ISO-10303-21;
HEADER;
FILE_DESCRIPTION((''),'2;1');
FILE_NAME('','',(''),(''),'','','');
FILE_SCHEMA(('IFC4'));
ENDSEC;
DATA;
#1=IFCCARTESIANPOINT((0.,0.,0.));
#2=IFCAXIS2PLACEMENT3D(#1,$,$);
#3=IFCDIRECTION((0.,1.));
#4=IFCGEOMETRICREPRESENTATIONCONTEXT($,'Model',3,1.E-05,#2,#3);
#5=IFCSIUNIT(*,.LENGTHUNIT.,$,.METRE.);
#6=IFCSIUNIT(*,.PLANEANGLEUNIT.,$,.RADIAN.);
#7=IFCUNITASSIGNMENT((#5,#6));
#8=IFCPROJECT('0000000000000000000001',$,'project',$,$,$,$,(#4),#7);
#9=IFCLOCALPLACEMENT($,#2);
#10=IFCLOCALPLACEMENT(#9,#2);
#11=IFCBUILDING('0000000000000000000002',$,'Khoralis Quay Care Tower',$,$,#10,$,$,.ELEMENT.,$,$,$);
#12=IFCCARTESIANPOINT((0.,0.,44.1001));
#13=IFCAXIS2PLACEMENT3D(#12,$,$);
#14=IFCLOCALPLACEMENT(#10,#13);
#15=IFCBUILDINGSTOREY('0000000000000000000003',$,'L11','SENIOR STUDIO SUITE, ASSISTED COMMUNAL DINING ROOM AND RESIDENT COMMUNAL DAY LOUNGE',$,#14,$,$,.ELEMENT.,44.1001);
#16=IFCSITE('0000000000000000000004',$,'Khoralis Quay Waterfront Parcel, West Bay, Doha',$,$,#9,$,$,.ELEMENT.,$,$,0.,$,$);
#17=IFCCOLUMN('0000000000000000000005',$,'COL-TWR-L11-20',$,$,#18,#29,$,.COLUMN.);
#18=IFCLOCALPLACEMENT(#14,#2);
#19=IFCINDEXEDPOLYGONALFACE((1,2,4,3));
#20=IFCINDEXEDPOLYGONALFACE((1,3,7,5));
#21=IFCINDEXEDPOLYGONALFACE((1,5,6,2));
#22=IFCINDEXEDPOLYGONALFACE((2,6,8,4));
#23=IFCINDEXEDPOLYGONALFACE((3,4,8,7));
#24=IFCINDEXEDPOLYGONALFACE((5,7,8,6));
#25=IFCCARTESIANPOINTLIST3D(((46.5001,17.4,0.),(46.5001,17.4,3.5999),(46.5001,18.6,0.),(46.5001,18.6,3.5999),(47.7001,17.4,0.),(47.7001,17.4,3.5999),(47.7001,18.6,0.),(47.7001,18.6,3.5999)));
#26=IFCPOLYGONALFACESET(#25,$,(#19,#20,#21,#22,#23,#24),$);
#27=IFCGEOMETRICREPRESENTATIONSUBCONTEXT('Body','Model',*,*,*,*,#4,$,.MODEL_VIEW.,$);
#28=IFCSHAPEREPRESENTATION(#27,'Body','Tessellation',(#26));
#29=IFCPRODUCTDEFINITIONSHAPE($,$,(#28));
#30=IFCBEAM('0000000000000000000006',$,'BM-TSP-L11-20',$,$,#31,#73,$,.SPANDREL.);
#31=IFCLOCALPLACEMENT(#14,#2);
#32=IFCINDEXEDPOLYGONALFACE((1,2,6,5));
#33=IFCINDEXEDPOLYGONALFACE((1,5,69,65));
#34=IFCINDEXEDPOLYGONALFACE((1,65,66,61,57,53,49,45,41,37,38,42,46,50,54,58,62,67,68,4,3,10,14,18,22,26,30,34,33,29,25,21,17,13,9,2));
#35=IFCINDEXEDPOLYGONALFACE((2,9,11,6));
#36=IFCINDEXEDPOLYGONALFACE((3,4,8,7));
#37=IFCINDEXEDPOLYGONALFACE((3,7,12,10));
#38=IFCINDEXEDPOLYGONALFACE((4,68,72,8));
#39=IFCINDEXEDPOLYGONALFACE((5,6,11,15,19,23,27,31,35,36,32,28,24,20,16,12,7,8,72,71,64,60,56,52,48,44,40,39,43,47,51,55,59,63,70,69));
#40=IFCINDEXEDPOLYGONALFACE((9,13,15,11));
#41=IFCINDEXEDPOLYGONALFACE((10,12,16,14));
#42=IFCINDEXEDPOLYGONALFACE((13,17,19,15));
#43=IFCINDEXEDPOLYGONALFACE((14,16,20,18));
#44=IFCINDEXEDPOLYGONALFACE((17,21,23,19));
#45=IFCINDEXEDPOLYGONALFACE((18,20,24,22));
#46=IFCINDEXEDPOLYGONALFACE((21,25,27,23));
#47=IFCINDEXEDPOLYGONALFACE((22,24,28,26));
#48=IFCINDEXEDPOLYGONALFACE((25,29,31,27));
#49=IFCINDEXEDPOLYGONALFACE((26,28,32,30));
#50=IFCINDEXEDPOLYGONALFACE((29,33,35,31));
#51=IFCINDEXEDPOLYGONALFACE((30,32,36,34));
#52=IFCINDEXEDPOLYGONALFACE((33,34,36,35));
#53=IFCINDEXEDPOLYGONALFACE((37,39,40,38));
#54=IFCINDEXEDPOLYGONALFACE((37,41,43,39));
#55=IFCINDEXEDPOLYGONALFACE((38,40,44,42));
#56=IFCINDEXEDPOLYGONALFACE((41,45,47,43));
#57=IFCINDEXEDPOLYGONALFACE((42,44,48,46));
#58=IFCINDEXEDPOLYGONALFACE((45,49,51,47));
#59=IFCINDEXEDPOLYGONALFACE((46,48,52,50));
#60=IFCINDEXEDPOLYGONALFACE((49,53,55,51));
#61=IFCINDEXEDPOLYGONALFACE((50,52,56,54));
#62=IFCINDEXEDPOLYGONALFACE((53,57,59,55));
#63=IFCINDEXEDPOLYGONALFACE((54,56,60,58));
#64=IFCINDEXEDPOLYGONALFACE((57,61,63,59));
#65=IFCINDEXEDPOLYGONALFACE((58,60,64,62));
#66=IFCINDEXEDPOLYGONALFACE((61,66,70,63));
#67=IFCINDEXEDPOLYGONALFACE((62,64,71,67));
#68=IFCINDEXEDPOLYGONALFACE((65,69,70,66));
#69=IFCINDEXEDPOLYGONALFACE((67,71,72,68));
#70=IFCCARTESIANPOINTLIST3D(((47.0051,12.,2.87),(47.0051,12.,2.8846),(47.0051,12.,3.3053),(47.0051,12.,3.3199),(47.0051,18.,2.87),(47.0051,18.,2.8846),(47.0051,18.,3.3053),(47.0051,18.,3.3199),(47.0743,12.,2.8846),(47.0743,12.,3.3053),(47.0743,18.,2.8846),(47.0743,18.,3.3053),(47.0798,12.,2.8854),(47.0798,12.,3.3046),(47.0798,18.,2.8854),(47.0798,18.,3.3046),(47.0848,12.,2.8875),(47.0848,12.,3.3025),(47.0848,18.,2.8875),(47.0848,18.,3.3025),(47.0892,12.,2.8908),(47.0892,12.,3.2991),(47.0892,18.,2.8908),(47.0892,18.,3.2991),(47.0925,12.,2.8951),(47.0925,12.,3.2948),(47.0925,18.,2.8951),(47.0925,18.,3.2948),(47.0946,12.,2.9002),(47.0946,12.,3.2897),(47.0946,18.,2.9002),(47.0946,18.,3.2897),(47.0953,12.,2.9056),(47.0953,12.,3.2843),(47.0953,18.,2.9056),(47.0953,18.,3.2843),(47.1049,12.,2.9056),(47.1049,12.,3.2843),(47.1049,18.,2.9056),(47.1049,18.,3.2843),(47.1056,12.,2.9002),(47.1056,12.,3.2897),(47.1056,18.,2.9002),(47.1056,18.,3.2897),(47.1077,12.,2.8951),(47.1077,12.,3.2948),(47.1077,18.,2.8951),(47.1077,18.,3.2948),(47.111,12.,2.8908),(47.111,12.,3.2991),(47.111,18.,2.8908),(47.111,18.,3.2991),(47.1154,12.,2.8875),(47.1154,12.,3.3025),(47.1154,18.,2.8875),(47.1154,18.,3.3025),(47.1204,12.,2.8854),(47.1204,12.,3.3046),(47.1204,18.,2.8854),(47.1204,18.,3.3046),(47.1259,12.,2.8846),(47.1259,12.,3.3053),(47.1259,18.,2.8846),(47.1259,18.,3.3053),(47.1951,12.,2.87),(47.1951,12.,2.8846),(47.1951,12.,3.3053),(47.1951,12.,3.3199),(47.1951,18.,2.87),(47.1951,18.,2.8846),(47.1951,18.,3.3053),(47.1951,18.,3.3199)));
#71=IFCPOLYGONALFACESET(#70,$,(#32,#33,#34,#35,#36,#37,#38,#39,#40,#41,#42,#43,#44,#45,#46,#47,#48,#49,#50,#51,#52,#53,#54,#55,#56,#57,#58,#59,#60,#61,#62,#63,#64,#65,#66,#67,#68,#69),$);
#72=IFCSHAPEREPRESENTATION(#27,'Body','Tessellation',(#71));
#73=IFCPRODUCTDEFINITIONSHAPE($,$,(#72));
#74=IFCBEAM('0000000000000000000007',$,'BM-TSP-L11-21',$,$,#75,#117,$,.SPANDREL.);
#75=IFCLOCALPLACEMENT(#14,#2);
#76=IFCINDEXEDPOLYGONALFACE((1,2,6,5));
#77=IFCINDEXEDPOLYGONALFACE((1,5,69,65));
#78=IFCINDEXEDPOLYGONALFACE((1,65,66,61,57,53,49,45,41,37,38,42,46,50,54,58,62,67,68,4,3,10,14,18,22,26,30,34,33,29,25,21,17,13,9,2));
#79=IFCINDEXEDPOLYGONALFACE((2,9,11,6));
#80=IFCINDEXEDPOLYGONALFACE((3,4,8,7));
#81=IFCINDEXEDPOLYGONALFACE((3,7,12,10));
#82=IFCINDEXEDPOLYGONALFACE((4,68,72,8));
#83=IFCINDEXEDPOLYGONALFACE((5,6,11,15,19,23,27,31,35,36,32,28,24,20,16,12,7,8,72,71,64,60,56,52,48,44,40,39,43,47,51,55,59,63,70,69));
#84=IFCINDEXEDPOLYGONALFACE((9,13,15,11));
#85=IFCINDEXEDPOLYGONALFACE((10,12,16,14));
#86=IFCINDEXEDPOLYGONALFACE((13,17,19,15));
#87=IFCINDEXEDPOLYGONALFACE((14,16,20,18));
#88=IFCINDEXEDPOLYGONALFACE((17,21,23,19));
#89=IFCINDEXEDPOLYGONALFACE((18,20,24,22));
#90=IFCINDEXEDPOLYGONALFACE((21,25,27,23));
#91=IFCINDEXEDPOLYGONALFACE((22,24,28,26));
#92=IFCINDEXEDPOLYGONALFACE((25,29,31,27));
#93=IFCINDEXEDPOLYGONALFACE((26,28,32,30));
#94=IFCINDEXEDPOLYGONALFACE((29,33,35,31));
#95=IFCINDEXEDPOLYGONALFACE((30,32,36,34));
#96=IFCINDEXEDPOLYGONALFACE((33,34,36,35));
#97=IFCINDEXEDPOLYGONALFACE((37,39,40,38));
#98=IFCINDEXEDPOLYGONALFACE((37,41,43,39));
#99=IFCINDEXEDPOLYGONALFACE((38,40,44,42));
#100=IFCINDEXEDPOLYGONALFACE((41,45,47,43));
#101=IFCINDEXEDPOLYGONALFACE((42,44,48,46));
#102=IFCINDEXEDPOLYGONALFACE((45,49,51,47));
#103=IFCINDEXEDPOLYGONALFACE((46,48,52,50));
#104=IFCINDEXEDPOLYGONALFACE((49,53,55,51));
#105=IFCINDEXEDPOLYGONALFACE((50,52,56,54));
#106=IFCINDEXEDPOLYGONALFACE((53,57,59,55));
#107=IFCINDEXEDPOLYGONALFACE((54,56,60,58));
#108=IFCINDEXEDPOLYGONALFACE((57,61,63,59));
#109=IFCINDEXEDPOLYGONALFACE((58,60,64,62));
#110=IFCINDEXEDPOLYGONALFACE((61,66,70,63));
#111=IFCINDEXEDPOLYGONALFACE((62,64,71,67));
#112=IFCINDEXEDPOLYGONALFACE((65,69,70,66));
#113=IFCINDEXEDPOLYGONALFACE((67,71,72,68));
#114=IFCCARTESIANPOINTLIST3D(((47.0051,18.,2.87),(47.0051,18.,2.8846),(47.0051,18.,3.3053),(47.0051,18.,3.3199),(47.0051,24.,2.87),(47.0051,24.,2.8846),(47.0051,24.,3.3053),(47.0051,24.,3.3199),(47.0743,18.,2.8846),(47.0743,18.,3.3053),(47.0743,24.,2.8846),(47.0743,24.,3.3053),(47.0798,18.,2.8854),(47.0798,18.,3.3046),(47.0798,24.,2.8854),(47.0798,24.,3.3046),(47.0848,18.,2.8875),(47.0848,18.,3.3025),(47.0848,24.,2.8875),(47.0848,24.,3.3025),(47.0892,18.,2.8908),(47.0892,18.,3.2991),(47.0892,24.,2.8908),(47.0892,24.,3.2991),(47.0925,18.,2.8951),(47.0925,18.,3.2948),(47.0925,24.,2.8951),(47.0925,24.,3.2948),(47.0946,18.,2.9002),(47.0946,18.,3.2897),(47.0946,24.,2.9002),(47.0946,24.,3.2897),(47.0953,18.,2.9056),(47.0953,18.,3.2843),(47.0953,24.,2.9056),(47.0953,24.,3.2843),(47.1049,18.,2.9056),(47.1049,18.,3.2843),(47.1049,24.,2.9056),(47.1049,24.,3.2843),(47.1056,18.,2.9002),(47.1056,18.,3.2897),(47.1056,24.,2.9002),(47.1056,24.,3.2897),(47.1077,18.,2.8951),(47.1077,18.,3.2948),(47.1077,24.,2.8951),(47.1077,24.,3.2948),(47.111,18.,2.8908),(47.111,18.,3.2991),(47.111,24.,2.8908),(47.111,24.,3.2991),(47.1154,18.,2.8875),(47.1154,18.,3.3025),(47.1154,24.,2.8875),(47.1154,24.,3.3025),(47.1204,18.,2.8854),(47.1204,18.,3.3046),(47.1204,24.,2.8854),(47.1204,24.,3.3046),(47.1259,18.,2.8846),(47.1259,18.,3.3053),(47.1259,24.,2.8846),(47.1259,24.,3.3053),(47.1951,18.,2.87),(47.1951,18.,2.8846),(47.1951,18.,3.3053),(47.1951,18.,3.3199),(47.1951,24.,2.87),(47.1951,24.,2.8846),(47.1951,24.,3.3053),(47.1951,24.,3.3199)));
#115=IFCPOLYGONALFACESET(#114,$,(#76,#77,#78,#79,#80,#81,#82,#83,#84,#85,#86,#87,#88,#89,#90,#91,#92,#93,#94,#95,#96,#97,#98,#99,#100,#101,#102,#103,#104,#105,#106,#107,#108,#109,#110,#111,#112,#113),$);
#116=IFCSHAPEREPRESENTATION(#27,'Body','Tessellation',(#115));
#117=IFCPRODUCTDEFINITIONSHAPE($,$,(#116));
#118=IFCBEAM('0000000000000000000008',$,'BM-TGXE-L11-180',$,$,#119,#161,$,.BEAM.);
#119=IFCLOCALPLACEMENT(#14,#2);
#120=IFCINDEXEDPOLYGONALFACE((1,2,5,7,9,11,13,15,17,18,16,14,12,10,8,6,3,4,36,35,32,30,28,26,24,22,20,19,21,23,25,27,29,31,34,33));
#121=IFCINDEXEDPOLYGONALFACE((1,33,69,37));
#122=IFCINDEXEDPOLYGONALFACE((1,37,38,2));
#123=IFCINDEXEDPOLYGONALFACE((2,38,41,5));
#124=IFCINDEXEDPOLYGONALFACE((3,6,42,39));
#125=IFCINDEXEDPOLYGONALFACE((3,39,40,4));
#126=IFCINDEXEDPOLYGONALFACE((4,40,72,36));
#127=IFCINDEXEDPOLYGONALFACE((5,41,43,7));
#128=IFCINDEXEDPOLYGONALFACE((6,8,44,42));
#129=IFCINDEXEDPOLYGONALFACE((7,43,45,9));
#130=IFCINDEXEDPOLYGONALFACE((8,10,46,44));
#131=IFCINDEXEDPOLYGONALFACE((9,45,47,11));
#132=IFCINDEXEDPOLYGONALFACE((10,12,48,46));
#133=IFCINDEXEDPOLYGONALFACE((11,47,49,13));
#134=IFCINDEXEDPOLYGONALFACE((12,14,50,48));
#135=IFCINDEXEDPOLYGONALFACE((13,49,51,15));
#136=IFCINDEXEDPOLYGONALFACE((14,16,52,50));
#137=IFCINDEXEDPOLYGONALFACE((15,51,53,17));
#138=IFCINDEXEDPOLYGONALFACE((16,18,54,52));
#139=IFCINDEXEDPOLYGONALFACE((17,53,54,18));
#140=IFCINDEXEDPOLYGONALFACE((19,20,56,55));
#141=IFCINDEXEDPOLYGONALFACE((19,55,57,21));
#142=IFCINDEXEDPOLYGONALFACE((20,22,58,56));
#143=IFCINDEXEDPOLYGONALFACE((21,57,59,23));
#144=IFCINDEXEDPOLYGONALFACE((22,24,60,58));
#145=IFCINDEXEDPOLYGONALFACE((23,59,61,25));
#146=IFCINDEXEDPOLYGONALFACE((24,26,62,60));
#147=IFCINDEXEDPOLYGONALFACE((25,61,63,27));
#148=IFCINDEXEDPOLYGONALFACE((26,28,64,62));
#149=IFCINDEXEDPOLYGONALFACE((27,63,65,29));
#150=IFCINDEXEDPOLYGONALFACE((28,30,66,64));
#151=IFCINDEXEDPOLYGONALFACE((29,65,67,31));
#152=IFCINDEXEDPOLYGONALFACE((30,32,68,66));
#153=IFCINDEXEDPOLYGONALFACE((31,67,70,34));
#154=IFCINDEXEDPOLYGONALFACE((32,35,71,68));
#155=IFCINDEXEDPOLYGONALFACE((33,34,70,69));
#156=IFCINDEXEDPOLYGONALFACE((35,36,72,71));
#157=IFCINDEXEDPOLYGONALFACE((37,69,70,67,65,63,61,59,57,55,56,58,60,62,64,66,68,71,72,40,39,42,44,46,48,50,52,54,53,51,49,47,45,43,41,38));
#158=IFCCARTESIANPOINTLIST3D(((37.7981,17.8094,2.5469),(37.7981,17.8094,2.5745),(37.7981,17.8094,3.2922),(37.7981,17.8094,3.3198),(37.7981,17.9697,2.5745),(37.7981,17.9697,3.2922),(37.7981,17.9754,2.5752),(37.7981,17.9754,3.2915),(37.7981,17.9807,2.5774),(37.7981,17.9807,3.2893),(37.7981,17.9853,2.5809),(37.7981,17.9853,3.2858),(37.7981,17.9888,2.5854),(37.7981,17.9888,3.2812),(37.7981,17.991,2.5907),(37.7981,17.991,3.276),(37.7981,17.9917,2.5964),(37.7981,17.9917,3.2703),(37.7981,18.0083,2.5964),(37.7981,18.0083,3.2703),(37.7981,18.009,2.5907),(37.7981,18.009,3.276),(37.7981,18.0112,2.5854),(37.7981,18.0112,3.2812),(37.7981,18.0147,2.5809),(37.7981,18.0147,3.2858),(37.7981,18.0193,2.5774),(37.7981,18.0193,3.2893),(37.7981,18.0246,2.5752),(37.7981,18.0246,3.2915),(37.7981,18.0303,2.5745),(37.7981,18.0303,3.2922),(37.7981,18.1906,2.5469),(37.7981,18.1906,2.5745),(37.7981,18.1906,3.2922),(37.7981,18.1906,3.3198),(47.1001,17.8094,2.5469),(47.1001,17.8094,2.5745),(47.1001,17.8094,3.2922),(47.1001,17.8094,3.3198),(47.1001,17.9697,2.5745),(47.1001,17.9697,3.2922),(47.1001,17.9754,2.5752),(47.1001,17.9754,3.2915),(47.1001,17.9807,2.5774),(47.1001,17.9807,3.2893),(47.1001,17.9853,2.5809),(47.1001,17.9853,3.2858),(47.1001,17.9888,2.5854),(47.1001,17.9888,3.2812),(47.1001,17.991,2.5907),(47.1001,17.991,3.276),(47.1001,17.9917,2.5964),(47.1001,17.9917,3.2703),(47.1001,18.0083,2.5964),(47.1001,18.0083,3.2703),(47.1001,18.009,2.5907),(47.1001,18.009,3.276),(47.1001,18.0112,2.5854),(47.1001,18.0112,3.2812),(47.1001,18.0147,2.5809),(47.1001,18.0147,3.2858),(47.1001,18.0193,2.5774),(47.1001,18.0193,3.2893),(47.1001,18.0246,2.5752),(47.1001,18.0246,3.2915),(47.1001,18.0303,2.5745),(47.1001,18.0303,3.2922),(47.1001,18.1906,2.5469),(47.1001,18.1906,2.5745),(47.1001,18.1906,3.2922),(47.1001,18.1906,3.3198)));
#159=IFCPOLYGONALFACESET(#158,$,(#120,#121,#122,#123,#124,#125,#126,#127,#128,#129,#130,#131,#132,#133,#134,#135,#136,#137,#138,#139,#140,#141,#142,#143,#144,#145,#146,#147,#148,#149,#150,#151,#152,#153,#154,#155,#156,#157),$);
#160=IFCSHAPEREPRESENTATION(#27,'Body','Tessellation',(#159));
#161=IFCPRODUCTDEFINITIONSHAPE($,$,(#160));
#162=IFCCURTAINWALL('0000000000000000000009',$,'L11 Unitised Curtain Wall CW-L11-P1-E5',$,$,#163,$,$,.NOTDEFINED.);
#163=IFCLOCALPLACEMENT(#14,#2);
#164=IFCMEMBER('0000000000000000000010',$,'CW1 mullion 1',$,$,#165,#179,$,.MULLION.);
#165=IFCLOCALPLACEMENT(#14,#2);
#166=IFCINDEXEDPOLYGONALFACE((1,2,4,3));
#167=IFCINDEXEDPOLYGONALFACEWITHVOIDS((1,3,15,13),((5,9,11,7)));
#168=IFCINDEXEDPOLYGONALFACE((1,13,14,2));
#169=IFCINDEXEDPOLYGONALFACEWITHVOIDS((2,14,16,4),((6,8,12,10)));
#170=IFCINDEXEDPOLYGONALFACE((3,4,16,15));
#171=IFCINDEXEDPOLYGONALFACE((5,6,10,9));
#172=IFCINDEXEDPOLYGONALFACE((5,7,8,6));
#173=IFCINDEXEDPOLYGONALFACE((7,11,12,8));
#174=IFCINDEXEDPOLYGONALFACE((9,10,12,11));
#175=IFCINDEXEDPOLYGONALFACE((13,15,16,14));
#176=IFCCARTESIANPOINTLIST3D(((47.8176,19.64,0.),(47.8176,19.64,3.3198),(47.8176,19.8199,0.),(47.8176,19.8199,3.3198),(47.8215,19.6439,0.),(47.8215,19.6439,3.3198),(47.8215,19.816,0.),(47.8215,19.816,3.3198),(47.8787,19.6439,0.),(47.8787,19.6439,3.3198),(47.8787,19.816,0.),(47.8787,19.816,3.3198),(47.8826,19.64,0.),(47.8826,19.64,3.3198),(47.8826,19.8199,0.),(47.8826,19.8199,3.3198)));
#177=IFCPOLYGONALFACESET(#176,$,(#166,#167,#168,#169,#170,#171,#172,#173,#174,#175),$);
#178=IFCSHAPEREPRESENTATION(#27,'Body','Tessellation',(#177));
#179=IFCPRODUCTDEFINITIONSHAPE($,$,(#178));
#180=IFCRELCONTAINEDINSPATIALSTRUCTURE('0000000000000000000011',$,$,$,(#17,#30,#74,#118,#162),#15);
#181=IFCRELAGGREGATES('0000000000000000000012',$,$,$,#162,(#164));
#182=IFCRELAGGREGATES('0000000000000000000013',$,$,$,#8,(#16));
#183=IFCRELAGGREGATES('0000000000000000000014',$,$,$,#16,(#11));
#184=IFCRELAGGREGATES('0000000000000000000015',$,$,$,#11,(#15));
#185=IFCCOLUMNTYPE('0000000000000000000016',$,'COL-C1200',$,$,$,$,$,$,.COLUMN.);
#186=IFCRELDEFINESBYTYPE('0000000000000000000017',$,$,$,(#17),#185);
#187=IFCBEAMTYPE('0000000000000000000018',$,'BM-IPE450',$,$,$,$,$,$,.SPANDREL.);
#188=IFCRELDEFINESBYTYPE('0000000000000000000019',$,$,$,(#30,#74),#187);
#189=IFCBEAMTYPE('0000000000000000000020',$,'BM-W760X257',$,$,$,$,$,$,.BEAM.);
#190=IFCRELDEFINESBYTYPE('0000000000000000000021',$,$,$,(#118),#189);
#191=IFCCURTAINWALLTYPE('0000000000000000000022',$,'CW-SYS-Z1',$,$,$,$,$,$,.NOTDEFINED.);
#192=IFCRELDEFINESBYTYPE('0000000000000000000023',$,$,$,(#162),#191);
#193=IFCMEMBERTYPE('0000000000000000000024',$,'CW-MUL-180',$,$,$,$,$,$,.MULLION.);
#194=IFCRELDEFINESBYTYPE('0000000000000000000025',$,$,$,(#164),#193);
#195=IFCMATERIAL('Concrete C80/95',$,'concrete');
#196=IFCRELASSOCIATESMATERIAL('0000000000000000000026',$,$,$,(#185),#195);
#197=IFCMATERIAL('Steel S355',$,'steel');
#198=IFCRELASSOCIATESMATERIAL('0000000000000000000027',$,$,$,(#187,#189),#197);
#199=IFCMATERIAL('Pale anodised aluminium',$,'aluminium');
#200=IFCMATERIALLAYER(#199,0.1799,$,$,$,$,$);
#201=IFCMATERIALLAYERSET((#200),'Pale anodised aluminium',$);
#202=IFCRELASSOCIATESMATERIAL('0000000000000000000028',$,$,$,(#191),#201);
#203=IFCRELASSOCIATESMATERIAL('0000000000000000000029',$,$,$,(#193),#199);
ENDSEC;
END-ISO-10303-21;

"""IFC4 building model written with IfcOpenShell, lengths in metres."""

from ifc_helpers import new_model, si_unit, direction, frame, origin, origin_2d, place, context, subcontext, project, spatial, rectangle, hollow_rectangle, i_section, extrude, source, transform, mapped, material, layer, layer_set, material_profile, profile_set, type_object, element, aggregate, save


model = new_model("IFC4")

# Units and contexts
model_context = context("Model", 3, precision=1e-05, world=origin(), true_north=direction((0.0, 1.0)))
body_context = subcontext(model_context, "Body", "Model", "MODEL_VIEW")
ifc_project = project(units=[si_unit("LENGTHUNIT", "METRE"), si_unit("PLANEANGLEUNIT", "RADIAN")], contexts=[model_context])

# Site, building, storey
site_placement = place(None, origin())
site = spatial("IfcSite", under=ifc_project, at=site_placement, Name="Khoralis Quay Waterfront Parcel, West Bay, Doha", CompositionType="ELEMENT", RefElevation=0.0)
building_placement = place(site_placement, origin())
building = spatial("IfcBuilding", under=site, at=building_placement, Name="Khoralis Quay Care Tower", CompositionType="ELEMENT")
storey_placement = place(building_placement, frame((0.0, 0.0, 44.1001)))
storey = spatial("IfcBuildingStorey", under=building, at=storey_placement, Name="L11", Description="SENIOR STUDIO SUITE, ASSISTED COMMUNAL DINING ROOM AND RESIDENT COMMUNAL DAY LOUNGE", CompositionType="ELEMENT", Elevation=44.1001)

# Column
ifc_material_1 = material(Name="Concrete C80/95", Category="concrete")
ifc_material_profile_1 = material_profile(ifc_material_1, rectangle(XDim=1.2, YDim=1.2, at=origin_2d()), Name="Concrete C80/95")
ifc_profile_set_1 = profile_set([ifc_material_profile_1], Name="Concrete C80/95")
column_type = type_object("IfcColumnType", Name="COL-C1200", PredefinedType="COLUMN", material=ifc_profile_set_1)
shared_shape_1 = source(origin(), body_context, "Body", "SweptSolid", [
    extrude(rectangle(XDim=1.2, YDim=1.2, at=origin_2d()), origin(), (0.0, 0.0, 1.0), 3.5999),
])
column_placement = place(storey_placement, frame((47.1001, 18.0, 0.0), z_axis=(0.0, 0.0, 1.0), x_axis=(1.0, 0.0, 0.0)))
element("IfcColumn", 1, at=column_placement, inside=storey, type_object=column_type, Name="COL-TWR-L11-20", PredefinedType="COLUMN", context=body_context, shape_type="MappedRepresentation", body=[
    mapped(shared_shape_1, transform((0.0, 0.0, 0.0), scale=1.0)),
])

# Beams
ifc_material_2 = material(Name="Steel S355", Category="steel")
ifc_material_profile_2 = material_profile(ifc_material_2, i_section(OverallWidth=0.1899, OverallDepth=0.45, WebThickness=0.0095, FlangeThickness=0.0146, FilletRadius=0.021, at=origin_2d()), Name="Steel S355")
ifc_profile_set_2 = profile_set([ifc_material_profile_2], Name="Steel S355")
beam_type_1 = type_object("IfcBeamType", Name="BM-IPE450", PredefinedType="SPANDREL", material=ifc_profile_set_2)
shared_shape_2 = source(origin(), body_context, "Body", "SweptSolid", [
    extrude(i_section(OverallWidth=0.1899, OverallDepth=0.45, WebThickness=0.0095, FlangeThickness=0.0146, FilletRadius=0.021, at=origin_2d()), origin(), (0.0, 0.0, 1.0), 6.0),
])
for number, where, z_axis, x_axis, name in (
    (2, (47.1001, 12.0, 3.095), (0.0, 1.0, 0.0), (-1.0, 0.0, 0.0), "BM-TSP-L11-20"),
    (3, (47.1001, 18.0, 3.095), (0.0, 1.0, 0.0), (-1.0, 0.0, 0.0), "BM-TSP-L11-21"),
):
    element("IfcBeam", number, at=place(storey_placement, frame(where, z_axis=z_axis, x_axis=x_axis)), inside=storey, type_object=beam_type_1, Name=name, PredefinedType="SPANDREL", context=body_context, shape_type="MappedRepresentation", body=[
        mapped(shared_shape_2, transform((0.0, 0.0, 0.0), scale=1.0)),
    ])
ifc_material_profile_3 = material_profile(ifc_material_2, i_section(OverallWidth=0.3811, OverallDepth=0.7729, WebThickness=0.0166, FlangeThickness=0.0276, FilletRadius=0.022, at=origin_2d()), Name="Steel S355")
ifc_profile_set_3 = profile_set([ifc_material_profile_3], Name="Steel S355")
beam_type_2 = type_object("IfcBeamType", Name="BM-W760X257", PredefinedType="BEAM", material=ifc_profile_set_3)
shared_shape_3 = source(origin(), body_context, "Body", "SweptSolid", [
    extrude(i_section(OverallWidth=0.3811, OverallDepth=0.7729, WebThickness=0.0166, FlangeThickness=0.0276, FilletRadius=0.022, at=origin_2d()), origin(), (0.0, 0.0, 1.0), 9.302),
])
beam_placement = place(storey_placement, frame((37.7981, 18.0, 2.9333), z_axis=(1.0, 0.0, 0.0), x_axis=(0.0, 1.0, 0.0)))
element("IfcBeam", 4, at=beam_placement, inside=storey, type_object=beam_type_2, Name="BM-TGXE-L11-180", PredefinedType="BEAM", context=body_context, shape_type="MappedRepresentation", body=[
    mapped(shared_shape_3, transform((0.0, 0.0, 0.0), scale=1.0)),
])

# Curtain wall, member
ifc_material_3 = material(Name="Pale anodised aluminium", Category="aluminium")
ifc_layer_1 = layer(ifc_material_3, 0.1799)
ifc_layer_set_1 = layer_set([ifc_layer_1], Name="Pale anodised aluminium")
curtain_wall_type = type_object("IfcCurtainWallType", Name="CW-SYS-Z1", PredefinedType="NOTDEFINED", material=ifc_layer_set_1)
curtain_wall_placement = place(storey_placement, origin())
curtain_wall = element("IfcCurtainWall", 5, at=curtain_wall_placement, inside=storey, type_object=curtain_wall_type, Name="L11 Unitised Curtain Wall CW-L11-P1-E5", PredefinedType="NOTDEFINED")
ifc_material_profile_4 = material_profile(ifc_material_3, hollow_rectangle(XDim=0.0649, YDim=0.1799, WallThickness=0.0039, at=origin_2d()), Name="Pale anodised aluminium")
ifc_profile_set_4 = profile_set([ifc_material_profile_4], Name="Pale anodised aluminium")
member_type_1 = type_object("IfcMemberType", Name="CW-MUL-180", PredefinedType="MULLION", material=ifc_profile_set_4)
shared_shape_4 = source(origin(), body_context, "Body", "SweptSolid", [
    extrude(hollow_rectangle(XDim=0.0649, YDim=0.1799, WallThickness=0.0039, at=origin_2d()), origin(), (0.0, 0.0, 1.0), 3.3198),
])
member_1_placement = place(storey_placement, frame((47.8501, 19.73, 0.0), z_axis=(0.0, 0.0, 1.0), x_axis=(-1.0, 0.0, 0.0)))
member_1 = element("IfcMember", 6, at=member_1_placement, type_object=member_type_1, Name="CW1 mullion 1", PredefinedType="MULLION", context=body_context, shape_type="MappedRepresentation", body=[
    mapped(shared_shape_4, transform((0.0, 0.0, 0.0), scale=1.0)),
])
aggregate(curtain_wall, [member_1])

save(model, "model.ifc")
